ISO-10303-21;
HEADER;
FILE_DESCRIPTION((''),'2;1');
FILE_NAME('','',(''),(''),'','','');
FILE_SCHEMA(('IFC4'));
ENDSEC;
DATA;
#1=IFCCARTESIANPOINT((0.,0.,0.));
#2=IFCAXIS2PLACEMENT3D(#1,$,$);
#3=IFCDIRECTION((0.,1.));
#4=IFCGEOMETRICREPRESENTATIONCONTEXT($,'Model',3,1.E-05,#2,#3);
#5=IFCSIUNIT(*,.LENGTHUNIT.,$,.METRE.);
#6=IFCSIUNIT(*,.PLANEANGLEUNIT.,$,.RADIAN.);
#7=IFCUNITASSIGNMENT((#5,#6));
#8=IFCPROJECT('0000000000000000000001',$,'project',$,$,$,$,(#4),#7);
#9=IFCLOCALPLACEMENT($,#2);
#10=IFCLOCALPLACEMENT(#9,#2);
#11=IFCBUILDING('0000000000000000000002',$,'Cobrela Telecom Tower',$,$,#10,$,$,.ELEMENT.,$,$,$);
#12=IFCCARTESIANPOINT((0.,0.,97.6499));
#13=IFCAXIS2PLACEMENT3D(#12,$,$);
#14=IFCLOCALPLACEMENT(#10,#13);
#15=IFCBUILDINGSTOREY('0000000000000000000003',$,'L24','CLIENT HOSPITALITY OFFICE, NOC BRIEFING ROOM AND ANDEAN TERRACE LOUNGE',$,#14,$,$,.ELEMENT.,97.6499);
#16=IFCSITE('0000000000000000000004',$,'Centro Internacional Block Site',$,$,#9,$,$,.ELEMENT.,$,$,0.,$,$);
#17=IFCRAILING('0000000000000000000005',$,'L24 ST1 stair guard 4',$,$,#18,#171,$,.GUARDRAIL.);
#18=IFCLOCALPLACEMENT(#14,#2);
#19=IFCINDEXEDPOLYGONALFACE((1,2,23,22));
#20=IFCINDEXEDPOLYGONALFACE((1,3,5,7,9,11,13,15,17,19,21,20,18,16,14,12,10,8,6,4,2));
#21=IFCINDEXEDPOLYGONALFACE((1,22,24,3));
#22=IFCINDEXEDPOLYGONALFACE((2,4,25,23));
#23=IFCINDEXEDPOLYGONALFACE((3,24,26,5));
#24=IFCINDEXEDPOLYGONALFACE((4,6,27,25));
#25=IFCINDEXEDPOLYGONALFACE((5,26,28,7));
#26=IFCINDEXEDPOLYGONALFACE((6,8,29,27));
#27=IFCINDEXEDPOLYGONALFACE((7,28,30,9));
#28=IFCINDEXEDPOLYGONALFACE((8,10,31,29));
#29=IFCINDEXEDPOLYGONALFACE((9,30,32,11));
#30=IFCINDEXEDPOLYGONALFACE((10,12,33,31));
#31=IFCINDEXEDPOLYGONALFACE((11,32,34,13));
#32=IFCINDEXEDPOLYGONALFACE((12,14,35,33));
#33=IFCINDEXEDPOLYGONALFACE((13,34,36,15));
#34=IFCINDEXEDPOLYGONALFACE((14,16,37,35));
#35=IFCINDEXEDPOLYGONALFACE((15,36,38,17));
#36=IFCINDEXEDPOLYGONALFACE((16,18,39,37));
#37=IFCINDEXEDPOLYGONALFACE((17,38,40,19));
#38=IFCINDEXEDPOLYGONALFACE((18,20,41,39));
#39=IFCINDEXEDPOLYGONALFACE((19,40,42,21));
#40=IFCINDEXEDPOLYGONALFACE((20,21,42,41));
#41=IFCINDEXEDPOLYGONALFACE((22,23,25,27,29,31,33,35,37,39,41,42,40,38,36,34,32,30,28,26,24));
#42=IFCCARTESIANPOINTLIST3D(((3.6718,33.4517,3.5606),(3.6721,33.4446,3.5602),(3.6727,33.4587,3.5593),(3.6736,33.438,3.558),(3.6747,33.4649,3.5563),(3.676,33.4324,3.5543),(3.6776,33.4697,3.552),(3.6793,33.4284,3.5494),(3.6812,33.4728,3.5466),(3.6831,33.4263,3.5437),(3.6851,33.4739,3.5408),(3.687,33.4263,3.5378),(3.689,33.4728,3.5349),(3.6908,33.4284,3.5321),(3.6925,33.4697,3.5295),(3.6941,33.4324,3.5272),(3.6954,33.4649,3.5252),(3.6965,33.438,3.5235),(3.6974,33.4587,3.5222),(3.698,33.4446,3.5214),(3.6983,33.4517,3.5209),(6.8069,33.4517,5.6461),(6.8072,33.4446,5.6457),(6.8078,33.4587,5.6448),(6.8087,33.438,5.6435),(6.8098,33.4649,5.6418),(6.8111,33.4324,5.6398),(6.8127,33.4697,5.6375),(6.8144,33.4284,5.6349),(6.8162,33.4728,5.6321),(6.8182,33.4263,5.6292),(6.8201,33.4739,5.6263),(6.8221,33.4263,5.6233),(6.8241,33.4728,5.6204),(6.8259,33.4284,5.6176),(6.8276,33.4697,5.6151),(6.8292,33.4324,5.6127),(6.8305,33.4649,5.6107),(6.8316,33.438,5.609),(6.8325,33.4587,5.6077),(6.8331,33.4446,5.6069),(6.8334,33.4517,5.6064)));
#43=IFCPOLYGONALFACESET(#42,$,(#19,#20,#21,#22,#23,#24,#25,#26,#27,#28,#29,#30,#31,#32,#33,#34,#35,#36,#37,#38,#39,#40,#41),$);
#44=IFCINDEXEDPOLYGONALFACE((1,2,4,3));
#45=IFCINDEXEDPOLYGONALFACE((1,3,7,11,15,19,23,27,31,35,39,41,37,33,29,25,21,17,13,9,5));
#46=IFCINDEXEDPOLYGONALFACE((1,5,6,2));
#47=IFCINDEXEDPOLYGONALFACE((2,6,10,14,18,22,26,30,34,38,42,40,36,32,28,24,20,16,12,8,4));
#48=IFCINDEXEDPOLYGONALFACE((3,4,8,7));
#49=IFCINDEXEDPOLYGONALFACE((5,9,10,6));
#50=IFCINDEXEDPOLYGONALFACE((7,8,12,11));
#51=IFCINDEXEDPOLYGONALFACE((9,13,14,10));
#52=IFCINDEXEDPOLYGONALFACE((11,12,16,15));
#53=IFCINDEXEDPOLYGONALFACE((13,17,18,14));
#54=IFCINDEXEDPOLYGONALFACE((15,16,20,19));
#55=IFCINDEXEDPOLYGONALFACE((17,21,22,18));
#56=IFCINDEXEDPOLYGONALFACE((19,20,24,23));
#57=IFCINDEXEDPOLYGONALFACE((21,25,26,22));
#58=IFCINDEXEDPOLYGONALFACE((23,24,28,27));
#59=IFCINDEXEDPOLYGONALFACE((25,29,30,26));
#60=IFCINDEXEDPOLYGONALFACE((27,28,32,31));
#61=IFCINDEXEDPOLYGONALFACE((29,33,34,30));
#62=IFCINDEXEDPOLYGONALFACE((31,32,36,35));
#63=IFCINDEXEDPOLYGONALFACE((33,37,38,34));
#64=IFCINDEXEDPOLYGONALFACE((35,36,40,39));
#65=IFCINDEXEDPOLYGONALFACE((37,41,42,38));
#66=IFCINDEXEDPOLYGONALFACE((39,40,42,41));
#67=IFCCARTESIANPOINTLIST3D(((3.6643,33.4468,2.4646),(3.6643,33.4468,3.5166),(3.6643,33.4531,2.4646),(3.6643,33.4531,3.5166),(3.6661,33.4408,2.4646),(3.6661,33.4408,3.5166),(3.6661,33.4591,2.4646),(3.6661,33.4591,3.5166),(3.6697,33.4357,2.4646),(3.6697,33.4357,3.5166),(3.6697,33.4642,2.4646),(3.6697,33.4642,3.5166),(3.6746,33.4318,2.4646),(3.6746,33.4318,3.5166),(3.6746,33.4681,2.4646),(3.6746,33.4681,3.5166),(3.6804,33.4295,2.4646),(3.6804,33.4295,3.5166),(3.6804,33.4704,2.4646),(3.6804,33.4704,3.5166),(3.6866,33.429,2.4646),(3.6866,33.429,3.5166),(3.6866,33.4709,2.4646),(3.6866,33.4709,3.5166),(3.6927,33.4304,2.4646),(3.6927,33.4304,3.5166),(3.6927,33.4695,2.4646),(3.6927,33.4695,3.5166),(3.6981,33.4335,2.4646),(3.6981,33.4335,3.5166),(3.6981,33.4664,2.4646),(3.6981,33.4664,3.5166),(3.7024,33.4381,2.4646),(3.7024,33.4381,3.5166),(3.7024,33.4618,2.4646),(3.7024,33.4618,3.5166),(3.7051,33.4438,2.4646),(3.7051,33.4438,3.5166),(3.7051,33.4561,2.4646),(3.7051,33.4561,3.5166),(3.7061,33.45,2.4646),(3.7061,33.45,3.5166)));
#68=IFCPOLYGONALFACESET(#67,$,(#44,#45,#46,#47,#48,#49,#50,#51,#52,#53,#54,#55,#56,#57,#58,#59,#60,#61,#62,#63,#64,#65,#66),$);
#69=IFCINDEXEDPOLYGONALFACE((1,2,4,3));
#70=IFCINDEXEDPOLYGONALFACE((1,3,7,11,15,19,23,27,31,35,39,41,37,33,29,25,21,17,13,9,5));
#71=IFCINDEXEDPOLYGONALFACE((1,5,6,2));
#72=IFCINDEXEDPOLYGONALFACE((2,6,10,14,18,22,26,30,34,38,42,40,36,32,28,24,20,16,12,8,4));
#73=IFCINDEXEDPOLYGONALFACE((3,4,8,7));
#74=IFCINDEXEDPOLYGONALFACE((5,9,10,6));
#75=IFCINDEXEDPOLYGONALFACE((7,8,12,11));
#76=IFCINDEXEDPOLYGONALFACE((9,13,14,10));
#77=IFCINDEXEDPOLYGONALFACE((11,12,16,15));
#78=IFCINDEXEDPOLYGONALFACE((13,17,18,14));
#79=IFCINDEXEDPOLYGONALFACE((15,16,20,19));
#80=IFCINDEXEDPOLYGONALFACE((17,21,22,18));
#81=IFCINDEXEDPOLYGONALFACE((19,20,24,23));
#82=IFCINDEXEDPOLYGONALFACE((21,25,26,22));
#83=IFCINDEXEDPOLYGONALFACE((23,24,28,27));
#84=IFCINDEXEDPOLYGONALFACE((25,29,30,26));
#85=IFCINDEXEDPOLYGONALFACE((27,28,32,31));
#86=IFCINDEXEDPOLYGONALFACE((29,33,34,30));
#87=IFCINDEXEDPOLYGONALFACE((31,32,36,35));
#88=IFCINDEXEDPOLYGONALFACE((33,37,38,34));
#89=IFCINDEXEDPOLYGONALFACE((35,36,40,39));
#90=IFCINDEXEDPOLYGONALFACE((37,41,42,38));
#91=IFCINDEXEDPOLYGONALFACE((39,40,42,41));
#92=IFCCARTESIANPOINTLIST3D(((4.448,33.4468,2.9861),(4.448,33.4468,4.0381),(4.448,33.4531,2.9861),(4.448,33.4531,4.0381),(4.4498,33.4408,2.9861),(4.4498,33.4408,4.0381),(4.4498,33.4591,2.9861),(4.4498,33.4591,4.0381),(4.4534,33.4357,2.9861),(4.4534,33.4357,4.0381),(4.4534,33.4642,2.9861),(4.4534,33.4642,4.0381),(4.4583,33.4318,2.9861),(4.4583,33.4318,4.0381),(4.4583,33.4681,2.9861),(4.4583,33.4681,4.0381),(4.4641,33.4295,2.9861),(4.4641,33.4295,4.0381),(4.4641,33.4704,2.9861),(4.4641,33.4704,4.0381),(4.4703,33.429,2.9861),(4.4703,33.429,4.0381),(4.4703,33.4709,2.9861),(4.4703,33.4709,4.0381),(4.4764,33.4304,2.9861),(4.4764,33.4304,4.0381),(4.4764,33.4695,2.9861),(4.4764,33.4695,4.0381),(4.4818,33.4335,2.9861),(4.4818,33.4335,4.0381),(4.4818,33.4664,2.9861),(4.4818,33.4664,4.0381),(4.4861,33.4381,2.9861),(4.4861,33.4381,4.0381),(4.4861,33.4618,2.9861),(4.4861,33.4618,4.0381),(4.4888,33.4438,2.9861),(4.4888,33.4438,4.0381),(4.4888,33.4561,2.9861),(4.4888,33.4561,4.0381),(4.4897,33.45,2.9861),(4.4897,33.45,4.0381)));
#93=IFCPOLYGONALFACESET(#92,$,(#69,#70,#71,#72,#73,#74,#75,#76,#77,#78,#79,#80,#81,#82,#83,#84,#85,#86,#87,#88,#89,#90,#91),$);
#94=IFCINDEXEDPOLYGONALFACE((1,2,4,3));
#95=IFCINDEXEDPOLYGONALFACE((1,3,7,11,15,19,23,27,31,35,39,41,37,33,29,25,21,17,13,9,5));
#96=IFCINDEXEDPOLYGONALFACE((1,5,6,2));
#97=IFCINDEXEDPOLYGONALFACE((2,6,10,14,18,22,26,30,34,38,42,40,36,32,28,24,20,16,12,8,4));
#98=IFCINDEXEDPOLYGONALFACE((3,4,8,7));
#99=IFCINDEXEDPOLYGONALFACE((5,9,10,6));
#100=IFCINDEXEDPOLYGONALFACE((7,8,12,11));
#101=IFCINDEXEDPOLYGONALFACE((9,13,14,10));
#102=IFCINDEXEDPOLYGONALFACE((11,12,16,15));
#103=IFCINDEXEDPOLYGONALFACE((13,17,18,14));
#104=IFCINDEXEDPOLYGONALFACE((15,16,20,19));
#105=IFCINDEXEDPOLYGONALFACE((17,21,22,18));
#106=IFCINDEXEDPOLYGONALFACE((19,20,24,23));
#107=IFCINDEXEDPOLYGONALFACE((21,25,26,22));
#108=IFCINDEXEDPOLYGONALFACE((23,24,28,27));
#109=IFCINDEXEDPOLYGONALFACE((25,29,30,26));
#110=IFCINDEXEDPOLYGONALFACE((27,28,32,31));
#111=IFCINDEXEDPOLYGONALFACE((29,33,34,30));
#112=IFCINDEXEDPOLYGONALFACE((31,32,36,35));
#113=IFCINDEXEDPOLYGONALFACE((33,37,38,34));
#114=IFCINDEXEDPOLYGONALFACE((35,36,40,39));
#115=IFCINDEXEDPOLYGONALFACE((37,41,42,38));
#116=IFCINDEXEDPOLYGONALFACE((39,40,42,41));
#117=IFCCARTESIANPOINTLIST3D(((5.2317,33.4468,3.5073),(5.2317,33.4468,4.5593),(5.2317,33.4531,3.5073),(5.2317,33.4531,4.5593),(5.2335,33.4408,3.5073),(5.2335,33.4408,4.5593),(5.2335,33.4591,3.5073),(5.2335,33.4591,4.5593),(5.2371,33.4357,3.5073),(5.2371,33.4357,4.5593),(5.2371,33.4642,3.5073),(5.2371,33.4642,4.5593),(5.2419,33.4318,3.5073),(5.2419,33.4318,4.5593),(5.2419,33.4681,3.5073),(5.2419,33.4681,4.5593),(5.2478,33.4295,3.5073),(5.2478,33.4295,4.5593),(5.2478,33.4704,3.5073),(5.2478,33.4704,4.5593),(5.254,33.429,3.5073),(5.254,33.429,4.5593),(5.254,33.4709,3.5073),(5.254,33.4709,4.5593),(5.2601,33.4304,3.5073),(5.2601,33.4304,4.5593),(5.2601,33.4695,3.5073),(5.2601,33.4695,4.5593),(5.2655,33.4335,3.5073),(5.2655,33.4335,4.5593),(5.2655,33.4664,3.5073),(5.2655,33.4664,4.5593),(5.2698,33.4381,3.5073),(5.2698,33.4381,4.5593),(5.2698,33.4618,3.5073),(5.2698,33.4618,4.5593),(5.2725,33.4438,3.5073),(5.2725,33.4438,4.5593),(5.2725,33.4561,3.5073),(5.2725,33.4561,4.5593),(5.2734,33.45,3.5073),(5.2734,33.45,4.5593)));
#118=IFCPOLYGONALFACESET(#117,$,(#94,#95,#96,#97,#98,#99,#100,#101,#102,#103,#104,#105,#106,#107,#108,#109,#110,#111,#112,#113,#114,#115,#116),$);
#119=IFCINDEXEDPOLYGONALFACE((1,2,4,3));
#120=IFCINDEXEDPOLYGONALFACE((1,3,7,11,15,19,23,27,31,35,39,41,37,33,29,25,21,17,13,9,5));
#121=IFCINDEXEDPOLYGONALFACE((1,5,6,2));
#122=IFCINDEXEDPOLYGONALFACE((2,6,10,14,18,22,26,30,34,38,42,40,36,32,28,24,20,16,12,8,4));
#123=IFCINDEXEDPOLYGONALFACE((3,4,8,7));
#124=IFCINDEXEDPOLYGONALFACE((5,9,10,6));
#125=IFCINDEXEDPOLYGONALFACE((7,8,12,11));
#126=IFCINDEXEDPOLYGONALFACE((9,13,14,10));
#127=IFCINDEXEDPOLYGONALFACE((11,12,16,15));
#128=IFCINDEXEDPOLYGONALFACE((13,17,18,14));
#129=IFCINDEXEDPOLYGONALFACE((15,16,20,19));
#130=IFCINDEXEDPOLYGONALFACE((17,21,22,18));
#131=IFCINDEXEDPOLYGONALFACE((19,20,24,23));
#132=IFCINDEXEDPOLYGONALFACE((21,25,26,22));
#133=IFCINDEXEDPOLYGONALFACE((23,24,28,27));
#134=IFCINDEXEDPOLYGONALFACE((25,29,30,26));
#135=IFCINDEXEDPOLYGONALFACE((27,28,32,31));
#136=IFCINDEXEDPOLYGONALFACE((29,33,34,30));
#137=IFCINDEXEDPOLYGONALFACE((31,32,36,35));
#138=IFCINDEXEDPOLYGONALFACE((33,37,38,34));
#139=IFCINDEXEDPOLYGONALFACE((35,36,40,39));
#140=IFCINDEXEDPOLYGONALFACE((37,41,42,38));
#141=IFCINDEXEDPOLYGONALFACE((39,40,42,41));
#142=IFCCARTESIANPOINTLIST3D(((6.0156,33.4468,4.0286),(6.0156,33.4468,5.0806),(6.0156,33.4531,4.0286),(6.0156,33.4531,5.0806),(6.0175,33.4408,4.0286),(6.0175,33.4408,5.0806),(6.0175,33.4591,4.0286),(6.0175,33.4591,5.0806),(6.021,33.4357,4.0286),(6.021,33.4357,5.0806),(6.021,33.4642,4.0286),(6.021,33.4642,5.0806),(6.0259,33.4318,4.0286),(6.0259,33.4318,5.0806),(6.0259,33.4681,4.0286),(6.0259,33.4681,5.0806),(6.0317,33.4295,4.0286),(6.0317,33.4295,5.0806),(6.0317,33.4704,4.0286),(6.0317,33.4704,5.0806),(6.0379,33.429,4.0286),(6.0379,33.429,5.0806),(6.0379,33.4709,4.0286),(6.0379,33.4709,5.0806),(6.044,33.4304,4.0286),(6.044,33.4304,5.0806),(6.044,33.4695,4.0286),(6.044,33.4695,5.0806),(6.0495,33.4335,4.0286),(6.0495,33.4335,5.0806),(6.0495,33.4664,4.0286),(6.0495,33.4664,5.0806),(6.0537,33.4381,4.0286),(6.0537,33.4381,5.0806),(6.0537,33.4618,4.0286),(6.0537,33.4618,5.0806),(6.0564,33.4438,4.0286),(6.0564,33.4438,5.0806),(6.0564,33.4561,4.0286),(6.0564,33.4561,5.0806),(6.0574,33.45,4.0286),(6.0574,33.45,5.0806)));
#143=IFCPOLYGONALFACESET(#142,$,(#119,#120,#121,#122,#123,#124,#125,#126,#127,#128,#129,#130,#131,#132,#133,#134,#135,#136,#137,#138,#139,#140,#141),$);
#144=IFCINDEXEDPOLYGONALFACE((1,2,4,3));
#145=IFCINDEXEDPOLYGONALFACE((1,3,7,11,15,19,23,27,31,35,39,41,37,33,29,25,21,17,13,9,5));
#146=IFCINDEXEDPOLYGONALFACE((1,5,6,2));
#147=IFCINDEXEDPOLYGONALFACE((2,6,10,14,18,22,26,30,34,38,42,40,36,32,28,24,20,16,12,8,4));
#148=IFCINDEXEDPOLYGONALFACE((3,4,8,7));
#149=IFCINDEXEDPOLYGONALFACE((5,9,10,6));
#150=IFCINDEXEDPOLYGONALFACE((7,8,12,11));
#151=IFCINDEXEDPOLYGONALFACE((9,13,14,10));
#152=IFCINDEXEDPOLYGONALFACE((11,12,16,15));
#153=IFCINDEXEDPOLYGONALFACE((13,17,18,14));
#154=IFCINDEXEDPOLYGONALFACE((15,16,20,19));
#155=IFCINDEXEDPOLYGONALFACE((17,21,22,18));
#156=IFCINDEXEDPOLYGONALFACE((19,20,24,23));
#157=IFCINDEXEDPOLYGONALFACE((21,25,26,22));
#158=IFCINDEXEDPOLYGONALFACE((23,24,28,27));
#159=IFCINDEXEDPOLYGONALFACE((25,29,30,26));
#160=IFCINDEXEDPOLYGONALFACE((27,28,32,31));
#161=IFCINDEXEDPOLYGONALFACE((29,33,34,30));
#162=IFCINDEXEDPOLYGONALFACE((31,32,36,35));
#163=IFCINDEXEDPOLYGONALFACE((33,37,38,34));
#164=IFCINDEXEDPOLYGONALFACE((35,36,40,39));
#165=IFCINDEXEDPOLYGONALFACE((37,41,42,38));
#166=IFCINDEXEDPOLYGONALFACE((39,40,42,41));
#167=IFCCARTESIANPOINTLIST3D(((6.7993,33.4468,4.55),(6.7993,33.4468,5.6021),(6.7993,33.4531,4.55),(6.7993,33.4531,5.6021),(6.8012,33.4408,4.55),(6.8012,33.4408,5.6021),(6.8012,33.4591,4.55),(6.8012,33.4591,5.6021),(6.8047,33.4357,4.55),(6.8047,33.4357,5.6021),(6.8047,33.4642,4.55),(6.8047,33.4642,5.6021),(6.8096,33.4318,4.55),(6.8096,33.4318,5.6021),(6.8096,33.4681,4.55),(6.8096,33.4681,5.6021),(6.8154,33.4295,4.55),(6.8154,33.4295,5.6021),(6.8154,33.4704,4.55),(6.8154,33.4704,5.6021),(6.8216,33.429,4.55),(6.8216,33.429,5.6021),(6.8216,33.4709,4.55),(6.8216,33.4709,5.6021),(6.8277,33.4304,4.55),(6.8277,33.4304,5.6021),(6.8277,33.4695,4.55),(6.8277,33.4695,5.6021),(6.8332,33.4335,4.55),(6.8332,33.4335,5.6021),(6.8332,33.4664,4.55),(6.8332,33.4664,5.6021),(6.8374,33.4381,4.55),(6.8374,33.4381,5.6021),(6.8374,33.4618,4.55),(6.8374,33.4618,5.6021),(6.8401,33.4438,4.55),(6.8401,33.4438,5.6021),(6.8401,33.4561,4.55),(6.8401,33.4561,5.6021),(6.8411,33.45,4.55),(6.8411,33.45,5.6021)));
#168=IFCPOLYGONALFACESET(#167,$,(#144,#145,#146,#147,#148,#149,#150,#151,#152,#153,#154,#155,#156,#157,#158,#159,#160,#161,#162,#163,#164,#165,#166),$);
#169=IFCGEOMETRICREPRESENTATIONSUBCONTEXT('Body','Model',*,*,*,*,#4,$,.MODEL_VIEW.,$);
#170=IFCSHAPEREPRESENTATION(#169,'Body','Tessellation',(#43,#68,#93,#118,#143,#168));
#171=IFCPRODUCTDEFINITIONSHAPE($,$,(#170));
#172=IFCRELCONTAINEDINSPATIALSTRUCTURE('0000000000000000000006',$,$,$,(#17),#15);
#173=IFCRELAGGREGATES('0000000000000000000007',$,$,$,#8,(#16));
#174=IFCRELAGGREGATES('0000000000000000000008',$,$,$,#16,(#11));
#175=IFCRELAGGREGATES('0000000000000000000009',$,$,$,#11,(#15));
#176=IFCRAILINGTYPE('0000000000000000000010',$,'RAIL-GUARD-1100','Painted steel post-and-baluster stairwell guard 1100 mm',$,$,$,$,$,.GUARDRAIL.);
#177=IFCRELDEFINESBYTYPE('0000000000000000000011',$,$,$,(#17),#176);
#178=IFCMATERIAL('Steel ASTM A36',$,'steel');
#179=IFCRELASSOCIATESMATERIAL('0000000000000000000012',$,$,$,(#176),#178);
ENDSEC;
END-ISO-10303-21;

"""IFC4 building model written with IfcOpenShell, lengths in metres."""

from ifc_helpers import new_model, si_unit, direction, frame, origin, origin_2d, place, context, subcontext, project, spatial, circle, extrude, material, type_object, element, save


model = new_model("IFC4")

# Units and contexts
model_context = context("Model", 3, precision=1e-05, world=origin(), true_north=direction((0.0, 1.0)))
body_context = subcontext(model_context, "Body", "Model", "MODEL_VIEW")
ifc_project = project(units=[si_unit("LENGTHUNIT", "METRE"), si_unit("PLANEANGLEUNIT", "RADIAN")], contexts=[model_context])

# Site, building, storey
site_placement = place(None, origin())
site = spatial("IfcSite", under=ifc_project, at=site_placement, Name="Centro Internacional Block Site", CompositionType="ELEMENT", RefElevation=0.0)
building_placement = place(site_placement, origin())
building = spatial("IfcBuilding", under=site, at=building_placement, Name="Cobrela Telecom Tower", CompositionType="ELEMENT")
storey_placement = place(building_placement, frame((0.0, 0.0, 97.6499)))
storey = spatial("IfcBuildingStorey", under=building, at=storey_placement, Name="L24", Description="CLIENT HOSPITALITY OFFICE, NOC BRIEFING ROOM AND ANDEAN TERRACE LOUNGE", CompositionType="ELEMENT", Elevation=97.6499)

# Shared definitions
ifc_material_1 = material(Name="Steel ASTM A36", Category="steel")

# Railing
railing_type_1 = type_object("IfcRailingType", Name="RAIL-GUARD-1100", Description="Painted steel post-and-baluster stairwell guard 1100 mm", PredefinedType="GUARDRAIL", material=ifc_material_1)
railing_1_placement = place(storey_placement, frame((3.6851, 33.45, 2.4646)))
element("IfcRailing", 1, at=railing_1_placement, inside=storey, type_object=railing_type_1, Name="L24 ST1 stair guard 4", PredefinedType="GUARDRAIL", context=body_context, shape_type="SweptSolid", body=[
    extrude(circle(Radius=0.0239, at=origin_2d()), frame((0.0, 0.0, 1.0762), z_axis=(0.832608, 0.0, 0.553862), x_axis=(0.0, 1.0, 0.0)), (0.0, 0.0, 1.0), 3.7654),
    extrude(circle(Radius=0.021, at=origin_2d()), origin(), (0.0, 0.0, 1.0), 1.052),
    extrude(circle(Radius=0.021, at=origin_2d()), frame((0.7837, 0.0, 0.5215)), (0.0, 0.0, 1.0), 1.052),
    extrude(circle(Radius=0.021, at=origin_2d()), frame((1.5674, 0.0, 1.0427)), (0.0, 0.0, 1.0), 1.052),
    extrude(circle(Radius=0.021, at=origin_2d()), frame((2.3513, 0.0, 1.564)), (0.0, 0.0, 1.0), 1.052),
    extrude(circle(Radius=0.021, at=origin_2d()), frame((3.135, 0.0, 2.0854)), (0.0, 0.0, 1.0), 1.052),
])

save(model, "model.ifc")
